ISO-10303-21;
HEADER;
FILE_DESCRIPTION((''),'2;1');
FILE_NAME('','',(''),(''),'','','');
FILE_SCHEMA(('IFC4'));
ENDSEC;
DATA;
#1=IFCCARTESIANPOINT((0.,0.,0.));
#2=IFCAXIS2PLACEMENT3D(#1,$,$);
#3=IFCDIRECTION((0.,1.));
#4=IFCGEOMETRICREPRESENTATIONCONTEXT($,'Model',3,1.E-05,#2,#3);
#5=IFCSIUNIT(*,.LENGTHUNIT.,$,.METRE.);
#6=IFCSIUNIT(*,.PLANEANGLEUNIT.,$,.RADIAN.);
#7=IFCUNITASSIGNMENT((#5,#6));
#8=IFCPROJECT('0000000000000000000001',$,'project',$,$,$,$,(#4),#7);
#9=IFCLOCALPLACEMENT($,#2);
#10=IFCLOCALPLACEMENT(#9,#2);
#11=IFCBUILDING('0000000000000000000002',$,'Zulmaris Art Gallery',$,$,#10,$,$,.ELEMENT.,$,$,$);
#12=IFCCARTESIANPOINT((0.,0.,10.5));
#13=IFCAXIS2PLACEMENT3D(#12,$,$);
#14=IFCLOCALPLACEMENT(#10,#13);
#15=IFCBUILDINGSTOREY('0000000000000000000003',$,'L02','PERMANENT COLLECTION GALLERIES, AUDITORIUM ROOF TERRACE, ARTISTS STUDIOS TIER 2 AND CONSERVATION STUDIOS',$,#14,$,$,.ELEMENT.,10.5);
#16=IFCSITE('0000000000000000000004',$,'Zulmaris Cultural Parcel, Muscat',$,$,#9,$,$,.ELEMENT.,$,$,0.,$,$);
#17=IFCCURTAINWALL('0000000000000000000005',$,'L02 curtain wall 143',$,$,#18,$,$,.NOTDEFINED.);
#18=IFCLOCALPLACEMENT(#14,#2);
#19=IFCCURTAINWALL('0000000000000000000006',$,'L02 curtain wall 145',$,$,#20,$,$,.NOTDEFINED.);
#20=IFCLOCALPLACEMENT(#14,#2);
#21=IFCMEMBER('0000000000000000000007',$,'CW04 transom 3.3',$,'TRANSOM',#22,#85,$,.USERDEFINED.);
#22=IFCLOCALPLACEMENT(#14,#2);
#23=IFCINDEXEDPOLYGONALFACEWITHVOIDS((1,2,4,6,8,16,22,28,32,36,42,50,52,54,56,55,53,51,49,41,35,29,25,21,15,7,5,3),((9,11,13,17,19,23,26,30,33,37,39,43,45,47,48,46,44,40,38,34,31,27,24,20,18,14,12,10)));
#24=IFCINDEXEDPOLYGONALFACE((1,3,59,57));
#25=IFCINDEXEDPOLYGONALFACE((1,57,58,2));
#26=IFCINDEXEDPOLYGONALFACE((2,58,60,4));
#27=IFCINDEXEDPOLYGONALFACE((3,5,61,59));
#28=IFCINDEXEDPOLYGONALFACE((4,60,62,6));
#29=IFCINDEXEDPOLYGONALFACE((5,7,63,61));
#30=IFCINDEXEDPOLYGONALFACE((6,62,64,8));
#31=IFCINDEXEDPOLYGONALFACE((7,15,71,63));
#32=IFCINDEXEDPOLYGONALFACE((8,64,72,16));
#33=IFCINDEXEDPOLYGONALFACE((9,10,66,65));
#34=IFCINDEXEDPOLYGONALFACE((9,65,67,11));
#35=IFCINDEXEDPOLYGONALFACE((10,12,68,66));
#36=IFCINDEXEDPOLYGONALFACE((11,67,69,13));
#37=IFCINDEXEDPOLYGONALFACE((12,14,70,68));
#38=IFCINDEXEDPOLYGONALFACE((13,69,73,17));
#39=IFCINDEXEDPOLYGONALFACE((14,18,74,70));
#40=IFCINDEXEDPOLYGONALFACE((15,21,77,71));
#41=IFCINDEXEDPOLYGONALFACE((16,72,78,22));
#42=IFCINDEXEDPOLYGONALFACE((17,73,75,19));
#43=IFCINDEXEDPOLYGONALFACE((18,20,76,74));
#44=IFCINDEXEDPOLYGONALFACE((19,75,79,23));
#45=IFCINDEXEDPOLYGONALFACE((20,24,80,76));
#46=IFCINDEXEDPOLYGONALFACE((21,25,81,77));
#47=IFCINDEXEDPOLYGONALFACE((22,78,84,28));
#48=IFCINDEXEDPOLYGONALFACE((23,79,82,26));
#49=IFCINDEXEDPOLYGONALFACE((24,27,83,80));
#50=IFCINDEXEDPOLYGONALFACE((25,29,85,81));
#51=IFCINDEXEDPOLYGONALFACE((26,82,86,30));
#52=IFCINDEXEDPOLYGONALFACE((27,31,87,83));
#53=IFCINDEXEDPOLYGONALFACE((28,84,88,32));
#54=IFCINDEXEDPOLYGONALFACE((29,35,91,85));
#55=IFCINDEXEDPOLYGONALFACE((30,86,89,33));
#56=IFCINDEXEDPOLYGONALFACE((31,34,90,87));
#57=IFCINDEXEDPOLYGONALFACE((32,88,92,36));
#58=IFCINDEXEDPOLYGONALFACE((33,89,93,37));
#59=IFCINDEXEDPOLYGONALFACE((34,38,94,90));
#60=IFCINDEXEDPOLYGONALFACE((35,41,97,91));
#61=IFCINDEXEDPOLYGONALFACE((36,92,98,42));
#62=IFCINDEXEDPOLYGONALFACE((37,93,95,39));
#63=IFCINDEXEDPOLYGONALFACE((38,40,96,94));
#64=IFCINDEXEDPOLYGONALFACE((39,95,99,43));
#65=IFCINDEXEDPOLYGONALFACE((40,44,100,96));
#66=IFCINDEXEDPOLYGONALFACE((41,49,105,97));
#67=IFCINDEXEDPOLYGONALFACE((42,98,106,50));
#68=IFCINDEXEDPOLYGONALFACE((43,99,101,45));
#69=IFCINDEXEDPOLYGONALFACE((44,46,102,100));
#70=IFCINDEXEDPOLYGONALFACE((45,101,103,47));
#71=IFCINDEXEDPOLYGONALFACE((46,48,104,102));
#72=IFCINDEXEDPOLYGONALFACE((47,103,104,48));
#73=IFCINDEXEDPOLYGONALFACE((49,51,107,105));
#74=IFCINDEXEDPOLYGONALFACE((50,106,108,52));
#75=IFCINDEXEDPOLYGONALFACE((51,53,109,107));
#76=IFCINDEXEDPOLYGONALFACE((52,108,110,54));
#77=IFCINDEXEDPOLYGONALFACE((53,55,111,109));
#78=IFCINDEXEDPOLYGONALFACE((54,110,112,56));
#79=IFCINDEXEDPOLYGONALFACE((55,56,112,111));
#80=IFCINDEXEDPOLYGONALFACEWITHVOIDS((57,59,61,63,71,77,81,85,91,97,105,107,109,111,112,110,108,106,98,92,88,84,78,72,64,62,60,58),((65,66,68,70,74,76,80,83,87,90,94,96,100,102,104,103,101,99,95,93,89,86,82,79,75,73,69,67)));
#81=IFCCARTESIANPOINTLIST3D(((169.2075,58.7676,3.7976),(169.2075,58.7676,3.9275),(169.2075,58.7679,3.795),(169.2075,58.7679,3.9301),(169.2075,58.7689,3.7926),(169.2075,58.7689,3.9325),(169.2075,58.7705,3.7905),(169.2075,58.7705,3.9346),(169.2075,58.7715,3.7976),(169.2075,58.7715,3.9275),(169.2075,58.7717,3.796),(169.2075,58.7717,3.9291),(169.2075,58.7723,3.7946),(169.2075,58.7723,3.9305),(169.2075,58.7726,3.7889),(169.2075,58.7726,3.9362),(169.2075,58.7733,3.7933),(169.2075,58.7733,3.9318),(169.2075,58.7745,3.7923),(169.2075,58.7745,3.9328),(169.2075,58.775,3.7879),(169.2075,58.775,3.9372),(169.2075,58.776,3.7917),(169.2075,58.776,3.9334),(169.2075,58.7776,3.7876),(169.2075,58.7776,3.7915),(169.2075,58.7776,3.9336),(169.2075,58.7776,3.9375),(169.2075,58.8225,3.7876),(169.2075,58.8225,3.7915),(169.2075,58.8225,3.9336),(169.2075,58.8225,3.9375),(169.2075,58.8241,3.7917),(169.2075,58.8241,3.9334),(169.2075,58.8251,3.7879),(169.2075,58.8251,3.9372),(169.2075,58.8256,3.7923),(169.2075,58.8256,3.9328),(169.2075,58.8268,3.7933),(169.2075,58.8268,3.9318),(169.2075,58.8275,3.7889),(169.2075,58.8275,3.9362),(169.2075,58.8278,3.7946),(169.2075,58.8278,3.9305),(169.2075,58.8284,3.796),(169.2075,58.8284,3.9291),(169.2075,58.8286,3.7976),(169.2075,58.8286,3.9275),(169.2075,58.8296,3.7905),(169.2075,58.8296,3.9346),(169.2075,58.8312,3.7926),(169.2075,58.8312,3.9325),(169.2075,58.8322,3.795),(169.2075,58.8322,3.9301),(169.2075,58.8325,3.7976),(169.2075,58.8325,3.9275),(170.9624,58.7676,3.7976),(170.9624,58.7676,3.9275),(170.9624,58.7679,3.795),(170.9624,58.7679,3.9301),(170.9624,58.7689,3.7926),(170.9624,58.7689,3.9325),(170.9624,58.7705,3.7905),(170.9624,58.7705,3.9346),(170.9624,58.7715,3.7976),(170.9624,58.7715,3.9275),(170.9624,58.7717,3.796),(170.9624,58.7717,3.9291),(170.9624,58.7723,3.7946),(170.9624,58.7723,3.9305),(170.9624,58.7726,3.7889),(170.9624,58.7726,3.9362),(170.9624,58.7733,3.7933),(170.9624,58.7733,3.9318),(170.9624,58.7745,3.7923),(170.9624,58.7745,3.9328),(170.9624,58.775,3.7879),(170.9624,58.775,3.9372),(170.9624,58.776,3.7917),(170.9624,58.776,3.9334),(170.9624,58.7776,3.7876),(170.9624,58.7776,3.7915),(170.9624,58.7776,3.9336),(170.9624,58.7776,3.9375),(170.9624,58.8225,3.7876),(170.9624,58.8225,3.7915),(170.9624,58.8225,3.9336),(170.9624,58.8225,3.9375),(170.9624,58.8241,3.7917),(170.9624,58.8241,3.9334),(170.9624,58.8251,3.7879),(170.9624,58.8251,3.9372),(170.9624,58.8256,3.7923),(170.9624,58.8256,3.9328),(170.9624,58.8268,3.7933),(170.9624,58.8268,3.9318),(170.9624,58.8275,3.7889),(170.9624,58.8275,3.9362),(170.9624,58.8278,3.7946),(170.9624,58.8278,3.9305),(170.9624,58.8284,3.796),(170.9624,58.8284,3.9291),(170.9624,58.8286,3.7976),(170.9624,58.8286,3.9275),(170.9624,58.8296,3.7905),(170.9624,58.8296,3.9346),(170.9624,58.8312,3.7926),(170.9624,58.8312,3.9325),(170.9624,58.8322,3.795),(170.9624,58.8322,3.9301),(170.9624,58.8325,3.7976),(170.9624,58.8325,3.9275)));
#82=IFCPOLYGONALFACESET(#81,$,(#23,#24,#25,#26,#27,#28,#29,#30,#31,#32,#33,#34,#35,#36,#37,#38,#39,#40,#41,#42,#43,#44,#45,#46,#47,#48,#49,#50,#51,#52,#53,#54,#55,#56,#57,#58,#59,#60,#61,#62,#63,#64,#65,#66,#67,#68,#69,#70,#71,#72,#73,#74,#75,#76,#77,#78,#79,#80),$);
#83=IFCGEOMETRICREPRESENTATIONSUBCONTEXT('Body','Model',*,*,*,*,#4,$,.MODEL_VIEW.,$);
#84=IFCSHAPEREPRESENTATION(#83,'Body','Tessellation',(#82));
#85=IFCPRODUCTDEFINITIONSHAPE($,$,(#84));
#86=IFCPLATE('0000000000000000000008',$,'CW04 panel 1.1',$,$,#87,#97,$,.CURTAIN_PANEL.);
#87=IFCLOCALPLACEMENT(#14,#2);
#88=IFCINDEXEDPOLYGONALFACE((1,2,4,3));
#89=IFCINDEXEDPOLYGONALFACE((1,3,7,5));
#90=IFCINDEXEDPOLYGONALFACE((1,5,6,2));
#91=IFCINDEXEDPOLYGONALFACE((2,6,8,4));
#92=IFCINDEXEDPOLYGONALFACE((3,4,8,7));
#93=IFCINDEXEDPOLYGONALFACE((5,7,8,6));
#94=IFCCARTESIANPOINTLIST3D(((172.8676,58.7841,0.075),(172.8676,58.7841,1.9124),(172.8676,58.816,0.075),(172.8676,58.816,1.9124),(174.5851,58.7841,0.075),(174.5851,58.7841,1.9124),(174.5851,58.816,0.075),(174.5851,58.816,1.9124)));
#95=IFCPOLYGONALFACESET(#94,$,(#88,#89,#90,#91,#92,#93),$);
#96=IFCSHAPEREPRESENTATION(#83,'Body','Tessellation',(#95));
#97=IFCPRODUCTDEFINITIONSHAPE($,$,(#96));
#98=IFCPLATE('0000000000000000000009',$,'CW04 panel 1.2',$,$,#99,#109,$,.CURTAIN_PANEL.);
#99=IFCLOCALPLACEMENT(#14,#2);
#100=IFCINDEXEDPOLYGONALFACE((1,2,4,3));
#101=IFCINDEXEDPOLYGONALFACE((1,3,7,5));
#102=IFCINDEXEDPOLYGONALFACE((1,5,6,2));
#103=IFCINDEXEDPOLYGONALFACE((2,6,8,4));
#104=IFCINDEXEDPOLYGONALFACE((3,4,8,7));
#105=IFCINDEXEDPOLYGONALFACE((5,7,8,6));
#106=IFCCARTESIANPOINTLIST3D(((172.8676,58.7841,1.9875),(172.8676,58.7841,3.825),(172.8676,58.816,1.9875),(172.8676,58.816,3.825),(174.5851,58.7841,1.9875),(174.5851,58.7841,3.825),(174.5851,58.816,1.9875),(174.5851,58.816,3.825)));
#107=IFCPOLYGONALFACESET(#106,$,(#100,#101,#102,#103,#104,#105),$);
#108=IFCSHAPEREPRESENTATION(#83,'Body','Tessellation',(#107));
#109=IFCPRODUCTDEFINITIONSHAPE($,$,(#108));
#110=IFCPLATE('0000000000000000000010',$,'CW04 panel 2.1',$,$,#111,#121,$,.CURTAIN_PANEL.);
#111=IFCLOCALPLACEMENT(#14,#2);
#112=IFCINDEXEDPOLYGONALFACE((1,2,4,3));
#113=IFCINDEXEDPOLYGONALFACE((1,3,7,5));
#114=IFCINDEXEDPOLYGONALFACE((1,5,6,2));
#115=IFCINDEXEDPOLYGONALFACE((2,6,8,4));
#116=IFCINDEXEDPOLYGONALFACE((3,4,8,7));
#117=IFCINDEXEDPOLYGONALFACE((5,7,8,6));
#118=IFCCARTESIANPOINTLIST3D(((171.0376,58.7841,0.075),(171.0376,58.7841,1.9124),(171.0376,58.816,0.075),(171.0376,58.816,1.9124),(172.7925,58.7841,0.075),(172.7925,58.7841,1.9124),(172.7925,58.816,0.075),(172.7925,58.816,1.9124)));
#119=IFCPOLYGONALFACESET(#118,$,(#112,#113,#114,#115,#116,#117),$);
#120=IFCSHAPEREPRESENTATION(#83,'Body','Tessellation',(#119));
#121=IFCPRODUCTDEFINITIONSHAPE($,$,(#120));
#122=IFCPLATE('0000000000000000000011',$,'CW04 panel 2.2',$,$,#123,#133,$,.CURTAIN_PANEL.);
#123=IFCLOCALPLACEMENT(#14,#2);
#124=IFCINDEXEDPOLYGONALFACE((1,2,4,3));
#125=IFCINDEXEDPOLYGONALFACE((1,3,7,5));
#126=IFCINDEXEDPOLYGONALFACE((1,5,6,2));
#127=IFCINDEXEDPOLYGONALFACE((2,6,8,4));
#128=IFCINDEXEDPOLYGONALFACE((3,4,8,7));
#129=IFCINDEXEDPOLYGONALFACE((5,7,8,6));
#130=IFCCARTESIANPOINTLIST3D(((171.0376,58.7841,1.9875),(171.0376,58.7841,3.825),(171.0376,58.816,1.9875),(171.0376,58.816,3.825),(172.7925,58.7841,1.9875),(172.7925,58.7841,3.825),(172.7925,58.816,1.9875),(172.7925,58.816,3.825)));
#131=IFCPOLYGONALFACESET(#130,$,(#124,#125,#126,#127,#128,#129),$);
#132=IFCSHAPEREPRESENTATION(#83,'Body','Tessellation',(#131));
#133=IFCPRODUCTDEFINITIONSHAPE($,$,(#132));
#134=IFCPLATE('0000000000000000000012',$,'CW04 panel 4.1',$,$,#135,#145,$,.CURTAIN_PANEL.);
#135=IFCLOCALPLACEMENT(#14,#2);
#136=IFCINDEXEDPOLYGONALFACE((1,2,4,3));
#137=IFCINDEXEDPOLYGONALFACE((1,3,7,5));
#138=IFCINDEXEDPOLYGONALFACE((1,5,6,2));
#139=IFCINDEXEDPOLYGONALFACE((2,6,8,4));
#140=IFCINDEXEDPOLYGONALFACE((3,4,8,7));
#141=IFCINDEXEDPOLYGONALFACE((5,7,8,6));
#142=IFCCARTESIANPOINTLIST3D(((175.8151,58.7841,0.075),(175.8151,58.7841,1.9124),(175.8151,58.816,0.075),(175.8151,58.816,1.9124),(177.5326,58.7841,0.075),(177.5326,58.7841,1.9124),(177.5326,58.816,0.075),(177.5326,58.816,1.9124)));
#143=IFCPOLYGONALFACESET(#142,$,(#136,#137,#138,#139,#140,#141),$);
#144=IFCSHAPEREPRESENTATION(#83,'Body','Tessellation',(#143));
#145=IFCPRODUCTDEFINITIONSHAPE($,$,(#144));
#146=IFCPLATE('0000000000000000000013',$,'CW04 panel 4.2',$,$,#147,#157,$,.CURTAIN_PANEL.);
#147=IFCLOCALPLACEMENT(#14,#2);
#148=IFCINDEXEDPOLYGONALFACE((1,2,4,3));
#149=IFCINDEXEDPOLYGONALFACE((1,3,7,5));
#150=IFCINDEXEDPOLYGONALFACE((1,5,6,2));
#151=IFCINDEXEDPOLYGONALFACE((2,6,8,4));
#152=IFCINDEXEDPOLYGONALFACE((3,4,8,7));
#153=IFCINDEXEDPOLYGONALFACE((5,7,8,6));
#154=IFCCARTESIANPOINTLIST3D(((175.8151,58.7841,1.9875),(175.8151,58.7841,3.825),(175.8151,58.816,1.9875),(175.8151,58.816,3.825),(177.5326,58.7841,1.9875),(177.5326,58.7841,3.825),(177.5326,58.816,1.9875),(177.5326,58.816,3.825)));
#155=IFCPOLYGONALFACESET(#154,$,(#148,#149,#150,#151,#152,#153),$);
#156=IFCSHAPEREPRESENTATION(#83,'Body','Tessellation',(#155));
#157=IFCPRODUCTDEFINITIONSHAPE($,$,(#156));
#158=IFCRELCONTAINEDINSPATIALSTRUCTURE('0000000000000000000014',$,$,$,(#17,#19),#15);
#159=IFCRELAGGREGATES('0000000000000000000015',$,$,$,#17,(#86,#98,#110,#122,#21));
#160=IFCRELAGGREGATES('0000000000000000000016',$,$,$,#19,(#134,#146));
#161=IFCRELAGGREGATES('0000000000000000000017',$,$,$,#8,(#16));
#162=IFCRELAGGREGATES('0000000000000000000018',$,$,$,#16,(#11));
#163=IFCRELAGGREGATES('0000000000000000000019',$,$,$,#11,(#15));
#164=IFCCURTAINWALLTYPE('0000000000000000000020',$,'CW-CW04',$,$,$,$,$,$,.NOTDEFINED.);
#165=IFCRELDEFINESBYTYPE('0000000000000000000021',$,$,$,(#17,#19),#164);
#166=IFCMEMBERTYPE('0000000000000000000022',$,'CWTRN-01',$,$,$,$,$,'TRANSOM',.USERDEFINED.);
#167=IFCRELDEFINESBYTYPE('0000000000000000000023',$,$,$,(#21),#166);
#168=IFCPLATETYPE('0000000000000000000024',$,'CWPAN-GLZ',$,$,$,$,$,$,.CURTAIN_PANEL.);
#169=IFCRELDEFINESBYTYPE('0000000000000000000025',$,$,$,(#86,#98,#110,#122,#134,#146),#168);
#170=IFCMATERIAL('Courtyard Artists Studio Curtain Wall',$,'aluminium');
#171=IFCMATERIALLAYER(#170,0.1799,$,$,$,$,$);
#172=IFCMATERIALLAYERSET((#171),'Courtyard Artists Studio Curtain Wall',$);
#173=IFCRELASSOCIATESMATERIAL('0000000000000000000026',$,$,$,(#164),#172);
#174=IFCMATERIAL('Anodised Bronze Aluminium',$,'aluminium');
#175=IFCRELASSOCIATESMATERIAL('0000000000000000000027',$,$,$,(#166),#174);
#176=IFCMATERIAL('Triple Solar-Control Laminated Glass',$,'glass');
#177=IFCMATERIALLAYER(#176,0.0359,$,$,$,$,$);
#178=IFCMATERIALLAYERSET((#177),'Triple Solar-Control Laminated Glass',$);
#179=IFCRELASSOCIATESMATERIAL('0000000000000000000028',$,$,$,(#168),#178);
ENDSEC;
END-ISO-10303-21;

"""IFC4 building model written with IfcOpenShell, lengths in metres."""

from ifc_helpers import new_model, si_unit, direction, frame, origin, origin_2d, place, context, subcontext, project, spatial, rectangle, hollow_rectangle, extrude, material, layer, layer_set, material_profile, profile_set, type_object, element, aggregate, save


model = new_model("IFC4")

# Units and contexts
model_context = context("Model", 3, precision=1e-05, world=origin(), true_north=direction((0.0, 1.0)))
body_context = subcontext(model_context, "Body", "Model", "MODEL_VIEW")
ifc_project = project(units=[si_unit("LENGTHUNIT", "METRE"), si_unit("PLANEANGLEUNIT", "RADIAN")], contexts=[model_context])

# Site, building, storey
site_placement = place(None, origin())
site = spatial("IfcSite", under=ifc_project, at=site_placement, Name="Zulmaris Cultural Parcel, Muscat", CompositionType="ELEMENT", RefElevation=0.0)
building_placement = place(site_placement, origin())
building = spatial("IfcBuilding", under=site, at=building_placement, Name="Zulmaris Art Gallery", CompositionType="ELEMENT")
storey_placement = place(building_placement, frame((0.0, 0.0, 10.5)))
storey = spatial("IfcBuildingStorey", under=building, at=storey_placement, Name="L02", Description="PERMANENT COLLECTION GALLERIES, AUDITORIUM ROOF TERRACE, ARTISTS STUDIOS TIER 2 AND CONSERVATION STUDIOS", CompositionType="ELEMENT", Elevation=10.5)

# Curtain wall
ifc_material_1 = material(Name="Courtyard Artists Studio Curtain Wall", Category="aluminium")
ifc_layer_1 = layer(ifc_material_1, 0.1799)
ifc_layer_set_1 = layer_set([ifc_layer_1], Name="Courtyard Artists Studio Curtain Wall")
curtain_wall_type = type_object("IfcCurtainWallType", Name="CW-CW04", PredefinedType="NOTDEFINED", material=ifc_layer_set_1)
curtain_wall_1_placement = place(storey_placement, origin())
curtain_wall_1 = element("IfcCurtainWall", 1, at=curtain_wall_1_placement, inside=storey, type_object=curtain_wall_type, Name="L02 curtain wall 143", PredefinedType="NOTDEFINED")
ifc_material_2 = material(Name="Anodised Bronze Aluminium", Category="aluminium")

# Curtain wall
curtain_wall_2_placement = place(storey_placement, origin())
curtain_wall_2 = element("IfcCurtainWall", 2, at=curtain_wall_2_placement, inside=storey, type_object=curtain_wall_type, Name="L02 curtain wall 145", PredefinedType="NOTDEFINED")

# Member
ifc_material_profile_1 = material_profile(ifc_material_2, hollow_rectangle(XDim=0.0649, YDim=0.1499, WallThickness=0.0039, InnerFilletRadius=0.0061, OuterFilletRadius=0.01, at=origin_2d()), Name="ALU 65x150x4")
ifc_profile_set_1 = profile_set([ifc_material_profile_1], Name="Anodised Bronze Aluminium")
member_type_1 = type_object("IfcMemberType", Name="CWTRN-01", ElementType="TRANSOM", PredefinedType="USERDEFINED", material=ifc_profile_set_1)
member_1_placement = place(storey_placement, frame((170.9624, 58.8, 3.8625), z_axis=(-1.0, 0.0, 0.0), x_axis=(0.0, -1.0, 0.0)))
member_1 = element("IfcMember", 3, at=member_1_placement, type_object=member_type_1, Name="CW04 transom 3.3", ObjectType="TRANSOM", PredefinedType="USERDEFINED", context=body_context, shape_type="SweptSolid", body=[
    extrude(hollow_rectangle(XDim=0.0649, YDim=0.1499, WallThickness=0.0039, InnerFilletRadius=0.0061, OuterFilletRadius=0.01, at=origin_2d()), origin(), (0.0, 0.0, 1.0), 1.7549),
])

# Plates
ifc_material_3 = material(Name="Triple Solar-Control Laminated Glass", Category="glass")
ifc_layer_2 = layer(ifc_material_3, 0.0359)
ifc_layer_set_2 = layer_set([ifc_layer_2], Name="Triple Solar-Control Laminated Glass")
plate_type = type_object("IfcPlateType", Name="CWPAN-GLZ", PredefinedType="CURTAIN_PANEL", material=ifc_layer_set_2)
plate_1_placement = place(storey_placement, frame((173.7263, 58.8, 0.075), z_axis=(0.0, 0.0, 1.0), x_axis=(-1.0, 0.0, 0.0)))
plate_1 = element("IfcPlate", 4, at=plate_1_placement, type_object=plate_type, Name="CW04 panel 1.1", PredefinedType="CURTAIN_PANEL", context=body_context, shape_type="SweptSolid", body=[
    extrude(rectangle(XDim=1.7175, YDim=0.032, at=origin_2d()), origin(), (0.0, 0.0, 1.0), 1.8374),
])
plate_2_placement = place(storey_placement, frame((173.7263, 58.8, 1.9875), z_axis=(0.0, 0.0, 1.0), x_axis=(-1.0, 0.0, 0.0)))
plate_2 = element("IfcPlate", 5, at=plate_2_placement, type_object=plate_type, Name="CW04 panel 1.2", PredefinedType="CURTAIN_PANEL", context=body_context, shape_type="SweptSolid", body=[
    extrude(rectangle(XDim=1.7175, YDim=0.032, at=origin_2d()), origin(), (0.0, 0.0, 1.0), 1.8374),
])
plate_3_placement = place(storey_placement, frame((171.915, 58.8, 0.075), z_axis=(0.0, 0.0, 1.0), x_axis=(-1.0, 0.0, 0.0)))
plate_3 = element("IfcPlate", 6, at=plate_3_placement, type_object=plate_type, Name="CW04 panel 2.1", PredefinedType="CURTAIN_PANEL", context=body_context, shape_type="SweptSolid", body=[
    extrude(rectangle(XDim=1.7549, YDim=0.032, at=origin_2d()), origin(), (0.0, 0.0, 1.0), 1.8374),
])
plate_4_placement = place(storey_placement, frame((171.915, 58.8, 1.9875), z_axis=(0.0, 0.0, 1.0), x_axis=(-1.0, 0.0, 0.0)))
plate_4 = element("IfcPlate", 7, at=plate_4_placement, type_object=plate_type, Name="CW04 panel 2.2", PredefinedType="CURTAIN_PANEL", context=body_context, shape_type="SweptSolid", body=[
    extrude(rectangle(XDim=1.7549, YDim=0.032, at=origin_2d()), origin(), (0.0, 0.0, 1.0), 1.8374),
])
aggregate(curtain_wall_1, [plate_1, plate_2, plate_3, plate_4, member_1])
plate_5_placement = place(storey_placement, frame((176.6738, 58.8, 0.075), z_axis=(0.0, 0.0, 1.0), x_axis=(-1.0, 0.0, 0.0)))
plate_5 = element("IfcPlate", 8, at=plate_5_placement, type_object=plate_type, Name="CW04 panel 4.1", PredefinedType="CURTAIN_PANEL", context=body_context, shape_type="SweptSolid", body=[
    extrude(rectangle(XDim=1.7175, YDim=0.032, at=origin_2d()), origin(), (0.0, 0.0, 1.0), 1.8374),
])
plate_6_placement = place(storey_placement, frame((176.6738, 58.8, 1.9875), z_axis=(0.0, 0.0, 1.0), x_axis=(-1.0, 0.0, 0.0)))
plate_6 = element("IfcPlate", 9, at=plate_6_placement, type_object=plate_type, Name="CW04 panel 4.2", PredefinedType="CURTAIN_PANEL", context=body_context, shape_type="SweptSolid", body=[
    extrude(rectangle(XDim=1.7175, YDim=0.032, at=origin_2d()), origin(), (0.0, 0.0, 1.0), 1.8374),
])
aggregate(curtain_wall_2, [plate_5, plate_6])

save(model, "model.ifc")
